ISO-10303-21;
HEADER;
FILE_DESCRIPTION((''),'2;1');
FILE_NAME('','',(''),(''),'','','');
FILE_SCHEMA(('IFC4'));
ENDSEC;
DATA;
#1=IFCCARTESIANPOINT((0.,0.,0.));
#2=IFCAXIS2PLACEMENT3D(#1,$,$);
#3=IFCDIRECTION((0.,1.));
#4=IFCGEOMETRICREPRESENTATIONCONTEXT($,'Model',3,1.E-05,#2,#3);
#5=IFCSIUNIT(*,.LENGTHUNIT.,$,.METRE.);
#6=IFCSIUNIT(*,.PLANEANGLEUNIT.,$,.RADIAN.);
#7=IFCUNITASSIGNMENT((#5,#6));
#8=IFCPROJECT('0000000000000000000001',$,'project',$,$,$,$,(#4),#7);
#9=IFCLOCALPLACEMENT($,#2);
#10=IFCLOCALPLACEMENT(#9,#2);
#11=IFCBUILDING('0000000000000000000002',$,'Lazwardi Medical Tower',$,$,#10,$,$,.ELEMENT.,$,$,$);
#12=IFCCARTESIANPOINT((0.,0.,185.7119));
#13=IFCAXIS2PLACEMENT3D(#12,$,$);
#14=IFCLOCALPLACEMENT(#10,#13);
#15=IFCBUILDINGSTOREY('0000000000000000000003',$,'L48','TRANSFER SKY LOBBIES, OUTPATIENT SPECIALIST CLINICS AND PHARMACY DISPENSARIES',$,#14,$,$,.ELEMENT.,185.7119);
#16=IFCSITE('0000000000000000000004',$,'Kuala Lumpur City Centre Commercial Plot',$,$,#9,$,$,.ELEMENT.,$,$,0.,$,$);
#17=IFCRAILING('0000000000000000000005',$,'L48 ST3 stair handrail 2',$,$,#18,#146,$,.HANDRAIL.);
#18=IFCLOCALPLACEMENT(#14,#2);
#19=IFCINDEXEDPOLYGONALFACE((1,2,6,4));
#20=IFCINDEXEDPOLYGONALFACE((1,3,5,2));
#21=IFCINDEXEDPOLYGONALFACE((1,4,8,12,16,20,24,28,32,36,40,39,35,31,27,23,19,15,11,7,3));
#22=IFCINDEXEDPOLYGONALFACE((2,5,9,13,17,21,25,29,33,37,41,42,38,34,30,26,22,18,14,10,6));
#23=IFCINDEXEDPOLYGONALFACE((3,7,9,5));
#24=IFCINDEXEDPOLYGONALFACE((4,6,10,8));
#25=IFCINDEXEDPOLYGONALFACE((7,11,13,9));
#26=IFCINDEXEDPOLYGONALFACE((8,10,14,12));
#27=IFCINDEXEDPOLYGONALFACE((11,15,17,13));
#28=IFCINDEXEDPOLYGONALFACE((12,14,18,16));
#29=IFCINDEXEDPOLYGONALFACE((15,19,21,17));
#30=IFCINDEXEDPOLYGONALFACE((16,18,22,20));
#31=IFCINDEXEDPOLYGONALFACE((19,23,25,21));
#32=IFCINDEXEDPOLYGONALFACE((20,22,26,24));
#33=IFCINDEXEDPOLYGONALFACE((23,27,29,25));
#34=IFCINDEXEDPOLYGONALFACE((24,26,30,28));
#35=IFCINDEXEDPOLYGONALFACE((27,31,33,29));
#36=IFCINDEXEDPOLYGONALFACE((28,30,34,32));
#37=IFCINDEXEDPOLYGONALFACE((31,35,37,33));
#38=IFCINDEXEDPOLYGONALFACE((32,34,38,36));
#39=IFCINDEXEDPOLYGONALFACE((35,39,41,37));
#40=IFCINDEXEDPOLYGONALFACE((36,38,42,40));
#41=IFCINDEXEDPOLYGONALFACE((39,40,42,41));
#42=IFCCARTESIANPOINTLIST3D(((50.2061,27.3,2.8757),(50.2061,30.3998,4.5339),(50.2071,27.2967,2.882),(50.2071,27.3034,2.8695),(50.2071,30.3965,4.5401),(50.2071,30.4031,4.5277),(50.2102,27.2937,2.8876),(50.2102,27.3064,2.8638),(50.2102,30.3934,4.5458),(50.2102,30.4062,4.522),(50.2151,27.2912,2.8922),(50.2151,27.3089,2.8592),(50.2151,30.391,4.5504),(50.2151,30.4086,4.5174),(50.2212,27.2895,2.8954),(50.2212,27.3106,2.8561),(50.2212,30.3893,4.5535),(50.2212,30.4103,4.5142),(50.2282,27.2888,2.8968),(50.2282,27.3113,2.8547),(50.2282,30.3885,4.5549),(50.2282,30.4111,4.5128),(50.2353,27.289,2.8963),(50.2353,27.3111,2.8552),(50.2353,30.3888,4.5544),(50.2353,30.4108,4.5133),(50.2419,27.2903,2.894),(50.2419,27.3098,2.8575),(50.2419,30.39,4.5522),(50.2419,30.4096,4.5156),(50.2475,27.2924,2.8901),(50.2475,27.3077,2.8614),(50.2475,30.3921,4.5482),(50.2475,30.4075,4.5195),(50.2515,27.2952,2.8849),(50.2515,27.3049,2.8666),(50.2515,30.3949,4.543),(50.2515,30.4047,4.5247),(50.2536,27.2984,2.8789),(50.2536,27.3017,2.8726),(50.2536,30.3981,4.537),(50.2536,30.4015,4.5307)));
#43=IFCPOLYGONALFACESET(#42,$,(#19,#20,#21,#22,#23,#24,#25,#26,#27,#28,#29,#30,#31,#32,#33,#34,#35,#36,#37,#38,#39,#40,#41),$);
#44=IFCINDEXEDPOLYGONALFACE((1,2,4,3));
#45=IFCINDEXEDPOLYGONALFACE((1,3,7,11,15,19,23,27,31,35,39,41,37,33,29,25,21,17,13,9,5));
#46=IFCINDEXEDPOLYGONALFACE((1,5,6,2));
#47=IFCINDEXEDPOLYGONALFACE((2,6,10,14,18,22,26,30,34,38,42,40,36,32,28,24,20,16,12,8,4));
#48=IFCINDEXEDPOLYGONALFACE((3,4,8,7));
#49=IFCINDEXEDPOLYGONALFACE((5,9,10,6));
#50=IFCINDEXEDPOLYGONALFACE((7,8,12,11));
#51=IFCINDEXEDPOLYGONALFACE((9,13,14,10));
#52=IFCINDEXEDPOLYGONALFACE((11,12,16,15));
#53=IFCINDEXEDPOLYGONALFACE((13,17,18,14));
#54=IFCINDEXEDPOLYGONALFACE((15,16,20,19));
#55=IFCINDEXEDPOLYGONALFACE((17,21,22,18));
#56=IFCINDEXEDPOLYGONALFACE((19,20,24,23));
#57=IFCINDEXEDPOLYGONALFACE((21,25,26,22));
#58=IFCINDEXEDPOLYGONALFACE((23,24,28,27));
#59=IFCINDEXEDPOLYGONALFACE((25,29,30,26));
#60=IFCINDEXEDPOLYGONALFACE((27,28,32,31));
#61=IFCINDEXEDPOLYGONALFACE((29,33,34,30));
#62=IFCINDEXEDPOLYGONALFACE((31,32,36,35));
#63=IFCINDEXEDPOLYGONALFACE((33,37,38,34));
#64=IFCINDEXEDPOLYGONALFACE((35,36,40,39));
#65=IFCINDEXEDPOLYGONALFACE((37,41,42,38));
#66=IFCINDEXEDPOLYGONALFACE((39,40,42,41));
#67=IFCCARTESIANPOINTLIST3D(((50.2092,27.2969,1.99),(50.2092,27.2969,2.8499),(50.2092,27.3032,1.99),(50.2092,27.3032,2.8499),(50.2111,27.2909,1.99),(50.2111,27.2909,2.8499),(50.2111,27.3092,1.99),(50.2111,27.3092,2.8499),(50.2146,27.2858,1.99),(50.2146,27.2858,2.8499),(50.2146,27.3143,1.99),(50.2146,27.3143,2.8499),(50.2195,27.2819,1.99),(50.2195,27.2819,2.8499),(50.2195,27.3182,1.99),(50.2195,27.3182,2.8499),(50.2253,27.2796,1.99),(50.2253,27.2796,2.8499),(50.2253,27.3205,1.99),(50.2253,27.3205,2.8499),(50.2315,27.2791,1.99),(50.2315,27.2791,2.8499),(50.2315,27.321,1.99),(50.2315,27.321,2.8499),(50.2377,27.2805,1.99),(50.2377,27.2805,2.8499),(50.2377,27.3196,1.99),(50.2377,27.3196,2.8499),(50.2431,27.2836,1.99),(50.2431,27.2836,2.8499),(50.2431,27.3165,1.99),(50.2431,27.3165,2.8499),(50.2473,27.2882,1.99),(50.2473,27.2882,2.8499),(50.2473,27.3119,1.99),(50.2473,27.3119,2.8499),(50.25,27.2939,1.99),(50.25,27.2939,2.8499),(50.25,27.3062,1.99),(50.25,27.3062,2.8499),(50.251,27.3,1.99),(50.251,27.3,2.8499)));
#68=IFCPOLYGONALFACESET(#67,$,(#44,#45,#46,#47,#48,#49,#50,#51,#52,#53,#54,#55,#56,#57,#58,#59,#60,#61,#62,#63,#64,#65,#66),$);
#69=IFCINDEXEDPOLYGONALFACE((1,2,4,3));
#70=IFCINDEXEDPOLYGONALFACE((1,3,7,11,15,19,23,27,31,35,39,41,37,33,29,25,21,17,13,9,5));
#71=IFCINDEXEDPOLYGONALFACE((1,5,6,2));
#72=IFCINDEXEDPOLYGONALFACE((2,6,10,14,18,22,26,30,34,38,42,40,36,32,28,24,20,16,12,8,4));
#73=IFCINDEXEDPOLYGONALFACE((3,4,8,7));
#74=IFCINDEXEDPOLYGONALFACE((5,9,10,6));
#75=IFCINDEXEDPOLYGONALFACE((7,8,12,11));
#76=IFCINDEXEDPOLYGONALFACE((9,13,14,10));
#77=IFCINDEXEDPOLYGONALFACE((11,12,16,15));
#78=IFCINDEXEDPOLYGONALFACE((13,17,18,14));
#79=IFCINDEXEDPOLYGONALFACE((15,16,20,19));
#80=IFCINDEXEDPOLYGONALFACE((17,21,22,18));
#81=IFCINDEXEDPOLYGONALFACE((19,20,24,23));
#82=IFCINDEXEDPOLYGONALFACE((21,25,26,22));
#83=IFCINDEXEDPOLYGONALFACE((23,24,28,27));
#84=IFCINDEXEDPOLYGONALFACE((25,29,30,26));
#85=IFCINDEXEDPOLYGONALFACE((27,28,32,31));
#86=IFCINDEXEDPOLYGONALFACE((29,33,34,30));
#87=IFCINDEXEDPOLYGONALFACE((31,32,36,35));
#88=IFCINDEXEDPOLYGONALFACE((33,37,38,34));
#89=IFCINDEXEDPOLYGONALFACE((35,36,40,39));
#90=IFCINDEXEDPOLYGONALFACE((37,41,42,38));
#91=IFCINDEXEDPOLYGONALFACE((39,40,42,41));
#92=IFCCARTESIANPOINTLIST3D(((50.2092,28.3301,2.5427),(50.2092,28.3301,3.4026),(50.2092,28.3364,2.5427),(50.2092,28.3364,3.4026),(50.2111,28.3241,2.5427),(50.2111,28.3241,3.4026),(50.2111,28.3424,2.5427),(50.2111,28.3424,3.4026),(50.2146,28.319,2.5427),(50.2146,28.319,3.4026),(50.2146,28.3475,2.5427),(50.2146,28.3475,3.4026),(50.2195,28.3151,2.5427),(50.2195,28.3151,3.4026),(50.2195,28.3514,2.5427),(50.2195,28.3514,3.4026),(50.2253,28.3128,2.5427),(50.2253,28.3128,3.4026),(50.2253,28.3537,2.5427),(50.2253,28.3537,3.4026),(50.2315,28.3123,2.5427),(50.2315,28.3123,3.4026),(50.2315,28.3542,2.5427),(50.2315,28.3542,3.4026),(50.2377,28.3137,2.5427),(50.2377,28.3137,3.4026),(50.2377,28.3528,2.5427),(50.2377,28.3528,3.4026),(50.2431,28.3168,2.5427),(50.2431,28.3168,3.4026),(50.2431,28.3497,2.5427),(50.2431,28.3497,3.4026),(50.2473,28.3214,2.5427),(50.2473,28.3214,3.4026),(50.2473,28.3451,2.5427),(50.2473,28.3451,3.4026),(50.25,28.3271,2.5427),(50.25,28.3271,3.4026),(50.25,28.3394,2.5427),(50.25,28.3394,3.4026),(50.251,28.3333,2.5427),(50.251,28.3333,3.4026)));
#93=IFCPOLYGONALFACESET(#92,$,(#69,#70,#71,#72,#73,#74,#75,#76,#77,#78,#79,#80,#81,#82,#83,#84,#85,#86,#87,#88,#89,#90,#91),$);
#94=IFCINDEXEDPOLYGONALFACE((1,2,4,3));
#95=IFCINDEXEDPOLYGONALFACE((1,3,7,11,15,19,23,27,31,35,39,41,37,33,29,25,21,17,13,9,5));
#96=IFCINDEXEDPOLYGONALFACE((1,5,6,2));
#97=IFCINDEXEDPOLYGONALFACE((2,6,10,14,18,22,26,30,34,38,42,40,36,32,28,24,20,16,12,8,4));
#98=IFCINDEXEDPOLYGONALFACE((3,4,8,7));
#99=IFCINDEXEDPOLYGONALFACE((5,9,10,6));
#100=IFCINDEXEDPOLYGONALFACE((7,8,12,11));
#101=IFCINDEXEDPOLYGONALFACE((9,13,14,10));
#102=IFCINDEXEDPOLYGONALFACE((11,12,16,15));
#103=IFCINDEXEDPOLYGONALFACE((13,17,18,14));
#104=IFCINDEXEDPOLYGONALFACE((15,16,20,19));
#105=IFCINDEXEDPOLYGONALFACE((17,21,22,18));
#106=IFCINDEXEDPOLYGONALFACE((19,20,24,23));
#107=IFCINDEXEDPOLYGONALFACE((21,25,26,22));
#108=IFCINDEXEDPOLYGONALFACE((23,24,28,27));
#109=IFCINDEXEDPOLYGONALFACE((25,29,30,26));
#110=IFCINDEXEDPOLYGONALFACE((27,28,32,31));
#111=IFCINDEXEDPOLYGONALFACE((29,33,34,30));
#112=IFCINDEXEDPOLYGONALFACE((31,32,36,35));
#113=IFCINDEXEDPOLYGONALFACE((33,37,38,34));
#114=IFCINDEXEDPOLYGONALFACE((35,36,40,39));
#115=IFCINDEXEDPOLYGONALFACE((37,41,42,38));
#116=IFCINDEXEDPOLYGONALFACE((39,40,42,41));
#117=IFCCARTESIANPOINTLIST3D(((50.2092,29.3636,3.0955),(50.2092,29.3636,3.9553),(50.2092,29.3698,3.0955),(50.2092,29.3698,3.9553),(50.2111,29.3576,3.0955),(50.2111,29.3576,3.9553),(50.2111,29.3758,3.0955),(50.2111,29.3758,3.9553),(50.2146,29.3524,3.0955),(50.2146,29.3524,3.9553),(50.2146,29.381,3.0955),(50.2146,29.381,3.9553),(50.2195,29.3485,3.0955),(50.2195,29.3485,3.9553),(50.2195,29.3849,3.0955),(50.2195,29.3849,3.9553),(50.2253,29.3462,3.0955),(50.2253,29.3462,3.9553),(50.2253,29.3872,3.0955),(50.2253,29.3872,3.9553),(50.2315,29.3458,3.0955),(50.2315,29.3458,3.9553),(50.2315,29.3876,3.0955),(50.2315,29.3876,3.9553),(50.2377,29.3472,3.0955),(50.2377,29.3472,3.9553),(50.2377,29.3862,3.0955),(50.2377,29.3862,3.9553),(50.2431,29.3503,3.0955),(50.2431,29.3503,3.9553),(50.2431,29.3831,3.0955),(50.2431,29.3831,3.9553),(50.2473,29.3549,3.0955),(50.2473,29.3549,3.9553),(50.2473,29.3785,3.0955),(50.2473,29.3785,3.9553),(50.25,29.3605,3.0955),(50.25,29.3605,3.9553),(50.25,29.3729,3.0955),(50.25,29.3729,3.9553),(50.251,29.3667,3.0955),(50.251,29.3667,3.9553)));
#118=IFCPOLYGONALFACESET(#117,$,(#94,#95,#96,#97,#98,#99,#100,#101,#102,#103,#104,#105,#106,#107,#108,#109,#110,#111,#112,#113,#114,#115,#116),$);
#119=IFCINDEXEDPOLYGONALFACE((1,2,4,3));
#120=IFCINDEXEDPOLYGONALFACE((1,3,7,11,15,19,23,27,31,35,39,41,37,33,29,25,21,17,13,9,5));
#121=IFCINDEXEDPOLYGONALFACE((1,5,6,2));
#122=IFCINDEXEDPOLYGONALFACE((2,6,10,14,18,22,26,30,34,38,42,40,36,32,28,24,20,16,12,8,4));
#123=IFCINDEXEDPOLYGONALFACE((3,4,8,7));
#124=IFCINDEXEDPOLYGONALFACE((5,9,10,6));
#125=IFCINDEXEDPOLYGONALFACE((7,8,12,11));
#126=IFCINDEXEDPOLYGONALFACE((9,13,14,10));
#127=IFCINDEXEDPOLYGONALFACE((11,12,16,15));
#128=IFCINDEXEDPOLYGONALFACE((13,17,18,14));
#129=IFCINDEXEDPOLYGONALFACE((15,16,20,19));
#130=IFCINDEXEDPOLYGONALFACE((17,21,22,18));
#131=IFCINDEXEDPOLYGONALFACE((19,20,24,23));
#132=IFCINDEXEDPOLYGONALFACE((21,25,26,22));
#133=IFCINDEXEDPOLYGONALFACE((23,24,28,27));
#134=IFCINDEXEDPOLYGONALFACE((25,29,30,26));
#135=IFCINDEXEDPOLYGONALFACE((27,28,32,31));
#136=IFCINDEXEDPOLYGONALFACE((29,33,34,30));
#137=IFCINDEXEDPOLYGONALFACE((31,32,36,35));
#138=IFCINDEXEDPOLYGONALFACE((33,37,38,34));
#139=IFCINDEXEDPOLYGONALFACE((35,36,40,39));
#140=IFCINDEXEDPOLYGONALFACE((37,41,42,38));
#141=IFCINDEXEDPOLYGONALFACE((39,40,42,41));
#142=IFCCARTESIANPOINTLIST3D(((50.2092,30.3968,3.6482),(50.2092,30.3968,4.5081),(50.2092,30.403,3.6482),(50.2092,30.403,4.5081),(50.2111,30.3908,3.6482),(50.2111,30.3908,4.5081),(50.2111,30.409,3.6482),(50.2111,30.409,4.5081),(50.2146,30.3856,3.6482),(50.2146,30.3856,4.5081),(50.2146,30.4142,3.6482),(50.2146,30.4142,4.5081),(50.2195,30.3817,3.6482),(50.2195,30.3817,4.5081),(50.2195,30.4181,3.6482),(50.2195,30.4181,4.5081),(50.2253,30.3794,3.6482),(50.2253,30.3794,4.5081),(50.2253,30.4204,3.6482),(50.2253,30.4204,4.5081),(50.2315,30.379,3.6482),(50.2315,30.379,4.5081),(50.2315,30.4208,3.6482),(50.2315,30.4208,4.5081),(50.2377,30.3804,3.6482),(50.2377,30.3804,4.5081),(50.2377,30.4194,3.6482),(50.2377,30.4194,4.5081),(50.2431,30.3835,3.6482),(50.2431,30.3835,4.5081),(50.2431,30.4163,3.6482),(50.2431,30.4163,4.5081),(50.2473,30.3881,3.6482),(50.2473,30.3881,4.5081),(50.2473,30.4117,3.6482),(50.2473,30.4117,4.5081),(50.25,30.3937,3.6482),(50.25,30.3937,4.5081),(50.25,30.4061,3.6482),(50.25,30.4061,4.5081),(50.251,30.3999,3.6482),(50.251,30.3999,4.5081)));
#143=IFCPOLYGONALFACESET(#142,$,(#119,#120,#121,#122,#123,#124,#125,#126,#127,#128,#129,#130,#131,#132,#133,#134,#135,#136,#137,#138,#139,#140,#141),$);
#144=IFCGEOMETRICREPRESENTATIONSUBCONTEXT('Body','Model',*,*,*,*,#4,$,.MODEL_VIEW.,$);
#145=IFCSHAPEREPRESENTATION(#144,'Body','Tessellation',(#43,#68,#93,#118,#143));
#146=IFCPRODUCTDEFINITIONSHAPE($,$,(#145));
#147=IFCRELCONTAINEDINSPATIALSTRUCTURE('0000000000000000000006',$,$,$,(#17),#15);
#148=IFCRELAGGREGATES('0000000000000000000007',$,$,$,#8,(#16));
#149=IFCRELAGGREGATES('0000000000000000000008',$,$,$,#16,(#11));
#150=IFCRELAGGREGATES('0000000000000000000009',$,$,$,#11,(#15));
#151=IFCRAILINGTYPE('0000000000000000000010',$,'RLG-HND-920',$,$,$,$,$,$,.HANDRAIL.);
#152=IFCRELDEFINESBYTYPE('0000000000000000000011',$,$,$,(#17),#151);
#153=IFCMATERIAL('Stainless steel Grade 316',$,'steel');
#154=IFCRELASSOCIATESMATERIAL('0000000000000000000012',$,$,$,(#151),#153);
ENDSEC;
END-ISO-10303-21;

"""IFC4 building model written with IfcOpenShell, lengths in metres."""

from ifc_helpers import new_model, si_unit, direction, frame, origin, origin_2d, place, context, subcontext, project, spatial, circle, extrude, material, type_object, element, save


model = new_model("IFC4")

# Units and contexts
model_context = context("Model", 3, precision=1e-05, world=origin(), true_north=direction((0.0, 1.0)))
body_context = subcontext(model_context, "Body", "Model", "MODEL_VIEW")
ifc_project = project(units=[si_unit("LENGTHUNIT", "METRE"), si_unit("PLANEANGLEUNIT", "RADIAN")], contexts=[model_context])

# Site, building, storey
site_placement = place(None, origin())
site = spatial("IfcSite", under=ifc_project, at=site_placement, Name="Kuala Lumpur City Centre Commercial Plot", CompositionType="ELEMENT", RefElevation=0.0)
building_placement = place(site_placement, origin())
building = spatial("IfcBuilding", under=site, at=building_placement, Name="Lazwardi Medical Tower", CompositionType="ELEMENT")
storey_placement = place(building_placement, frame((0.0, 0.0, 185.7119)))
storey = spatial("IfcBuildingStorey", under=building, at=storey_placement, Name="L48", Description="TRANSFER SKY LOBBIES, OUTPATIENT SPECIALIST CLINICS AND PHARMACY DISPENSARIES", CompositionType="ELEMENT", Elevation=185.7119)

# Railing
ifc_material_1 = material(Name="Stainless steel Grade 316", Category="steel")
railing_type_1 = type_object("IfcRailingType", Name="RLG-HND-920", PredefinedType="HANDRAIL", material=ifc_material_1)
railing_1_placement = place(storey_placement, frame((50.23, 27.3, 1.99)))
element("IfcRailing", 1, at=railing_1_placement, inside=storey, type_object=railing_type_1, Name="L48 ST3 stair handrail 2", PredefinedType="HANDRAIL", context=body_context, shape_type="SweptSolid", body=[
    extrude(circle(Radius=0.0239, at=origin_2d()), frame((0.0, 0.0, 0.8857), z_axis=(0.0, 0.881768, 0.471684), x_axis=(-1.0, 0.0, 0.0)), (0.0, 0.0, 1.0), 3.5154),
    extrude(circle(Radius=0.021, at=origin_2d()), origin(), (0.0, 0.0, 1.0), 0.8599),
    extrude(circle(Radius=0.021, at=origin_2d()), frame((0.0, 1.0332, 0.5527)), (0.0, 0.0, 1.0), 0.8599),
    extrude(circle(Radius=0.021, at=origin_2d()), frame((0.0, 2.0667, 1.1055)), (0.0, 0.0, 1.0), 0.8599),
    extrude(circle(Radius=0.021, at=origin_2d()), frame((0.0, 3.0999, 1.6582)), (0.0, 0.0, 1.0), 0.8599),
])

save(model, "model.ifc")
